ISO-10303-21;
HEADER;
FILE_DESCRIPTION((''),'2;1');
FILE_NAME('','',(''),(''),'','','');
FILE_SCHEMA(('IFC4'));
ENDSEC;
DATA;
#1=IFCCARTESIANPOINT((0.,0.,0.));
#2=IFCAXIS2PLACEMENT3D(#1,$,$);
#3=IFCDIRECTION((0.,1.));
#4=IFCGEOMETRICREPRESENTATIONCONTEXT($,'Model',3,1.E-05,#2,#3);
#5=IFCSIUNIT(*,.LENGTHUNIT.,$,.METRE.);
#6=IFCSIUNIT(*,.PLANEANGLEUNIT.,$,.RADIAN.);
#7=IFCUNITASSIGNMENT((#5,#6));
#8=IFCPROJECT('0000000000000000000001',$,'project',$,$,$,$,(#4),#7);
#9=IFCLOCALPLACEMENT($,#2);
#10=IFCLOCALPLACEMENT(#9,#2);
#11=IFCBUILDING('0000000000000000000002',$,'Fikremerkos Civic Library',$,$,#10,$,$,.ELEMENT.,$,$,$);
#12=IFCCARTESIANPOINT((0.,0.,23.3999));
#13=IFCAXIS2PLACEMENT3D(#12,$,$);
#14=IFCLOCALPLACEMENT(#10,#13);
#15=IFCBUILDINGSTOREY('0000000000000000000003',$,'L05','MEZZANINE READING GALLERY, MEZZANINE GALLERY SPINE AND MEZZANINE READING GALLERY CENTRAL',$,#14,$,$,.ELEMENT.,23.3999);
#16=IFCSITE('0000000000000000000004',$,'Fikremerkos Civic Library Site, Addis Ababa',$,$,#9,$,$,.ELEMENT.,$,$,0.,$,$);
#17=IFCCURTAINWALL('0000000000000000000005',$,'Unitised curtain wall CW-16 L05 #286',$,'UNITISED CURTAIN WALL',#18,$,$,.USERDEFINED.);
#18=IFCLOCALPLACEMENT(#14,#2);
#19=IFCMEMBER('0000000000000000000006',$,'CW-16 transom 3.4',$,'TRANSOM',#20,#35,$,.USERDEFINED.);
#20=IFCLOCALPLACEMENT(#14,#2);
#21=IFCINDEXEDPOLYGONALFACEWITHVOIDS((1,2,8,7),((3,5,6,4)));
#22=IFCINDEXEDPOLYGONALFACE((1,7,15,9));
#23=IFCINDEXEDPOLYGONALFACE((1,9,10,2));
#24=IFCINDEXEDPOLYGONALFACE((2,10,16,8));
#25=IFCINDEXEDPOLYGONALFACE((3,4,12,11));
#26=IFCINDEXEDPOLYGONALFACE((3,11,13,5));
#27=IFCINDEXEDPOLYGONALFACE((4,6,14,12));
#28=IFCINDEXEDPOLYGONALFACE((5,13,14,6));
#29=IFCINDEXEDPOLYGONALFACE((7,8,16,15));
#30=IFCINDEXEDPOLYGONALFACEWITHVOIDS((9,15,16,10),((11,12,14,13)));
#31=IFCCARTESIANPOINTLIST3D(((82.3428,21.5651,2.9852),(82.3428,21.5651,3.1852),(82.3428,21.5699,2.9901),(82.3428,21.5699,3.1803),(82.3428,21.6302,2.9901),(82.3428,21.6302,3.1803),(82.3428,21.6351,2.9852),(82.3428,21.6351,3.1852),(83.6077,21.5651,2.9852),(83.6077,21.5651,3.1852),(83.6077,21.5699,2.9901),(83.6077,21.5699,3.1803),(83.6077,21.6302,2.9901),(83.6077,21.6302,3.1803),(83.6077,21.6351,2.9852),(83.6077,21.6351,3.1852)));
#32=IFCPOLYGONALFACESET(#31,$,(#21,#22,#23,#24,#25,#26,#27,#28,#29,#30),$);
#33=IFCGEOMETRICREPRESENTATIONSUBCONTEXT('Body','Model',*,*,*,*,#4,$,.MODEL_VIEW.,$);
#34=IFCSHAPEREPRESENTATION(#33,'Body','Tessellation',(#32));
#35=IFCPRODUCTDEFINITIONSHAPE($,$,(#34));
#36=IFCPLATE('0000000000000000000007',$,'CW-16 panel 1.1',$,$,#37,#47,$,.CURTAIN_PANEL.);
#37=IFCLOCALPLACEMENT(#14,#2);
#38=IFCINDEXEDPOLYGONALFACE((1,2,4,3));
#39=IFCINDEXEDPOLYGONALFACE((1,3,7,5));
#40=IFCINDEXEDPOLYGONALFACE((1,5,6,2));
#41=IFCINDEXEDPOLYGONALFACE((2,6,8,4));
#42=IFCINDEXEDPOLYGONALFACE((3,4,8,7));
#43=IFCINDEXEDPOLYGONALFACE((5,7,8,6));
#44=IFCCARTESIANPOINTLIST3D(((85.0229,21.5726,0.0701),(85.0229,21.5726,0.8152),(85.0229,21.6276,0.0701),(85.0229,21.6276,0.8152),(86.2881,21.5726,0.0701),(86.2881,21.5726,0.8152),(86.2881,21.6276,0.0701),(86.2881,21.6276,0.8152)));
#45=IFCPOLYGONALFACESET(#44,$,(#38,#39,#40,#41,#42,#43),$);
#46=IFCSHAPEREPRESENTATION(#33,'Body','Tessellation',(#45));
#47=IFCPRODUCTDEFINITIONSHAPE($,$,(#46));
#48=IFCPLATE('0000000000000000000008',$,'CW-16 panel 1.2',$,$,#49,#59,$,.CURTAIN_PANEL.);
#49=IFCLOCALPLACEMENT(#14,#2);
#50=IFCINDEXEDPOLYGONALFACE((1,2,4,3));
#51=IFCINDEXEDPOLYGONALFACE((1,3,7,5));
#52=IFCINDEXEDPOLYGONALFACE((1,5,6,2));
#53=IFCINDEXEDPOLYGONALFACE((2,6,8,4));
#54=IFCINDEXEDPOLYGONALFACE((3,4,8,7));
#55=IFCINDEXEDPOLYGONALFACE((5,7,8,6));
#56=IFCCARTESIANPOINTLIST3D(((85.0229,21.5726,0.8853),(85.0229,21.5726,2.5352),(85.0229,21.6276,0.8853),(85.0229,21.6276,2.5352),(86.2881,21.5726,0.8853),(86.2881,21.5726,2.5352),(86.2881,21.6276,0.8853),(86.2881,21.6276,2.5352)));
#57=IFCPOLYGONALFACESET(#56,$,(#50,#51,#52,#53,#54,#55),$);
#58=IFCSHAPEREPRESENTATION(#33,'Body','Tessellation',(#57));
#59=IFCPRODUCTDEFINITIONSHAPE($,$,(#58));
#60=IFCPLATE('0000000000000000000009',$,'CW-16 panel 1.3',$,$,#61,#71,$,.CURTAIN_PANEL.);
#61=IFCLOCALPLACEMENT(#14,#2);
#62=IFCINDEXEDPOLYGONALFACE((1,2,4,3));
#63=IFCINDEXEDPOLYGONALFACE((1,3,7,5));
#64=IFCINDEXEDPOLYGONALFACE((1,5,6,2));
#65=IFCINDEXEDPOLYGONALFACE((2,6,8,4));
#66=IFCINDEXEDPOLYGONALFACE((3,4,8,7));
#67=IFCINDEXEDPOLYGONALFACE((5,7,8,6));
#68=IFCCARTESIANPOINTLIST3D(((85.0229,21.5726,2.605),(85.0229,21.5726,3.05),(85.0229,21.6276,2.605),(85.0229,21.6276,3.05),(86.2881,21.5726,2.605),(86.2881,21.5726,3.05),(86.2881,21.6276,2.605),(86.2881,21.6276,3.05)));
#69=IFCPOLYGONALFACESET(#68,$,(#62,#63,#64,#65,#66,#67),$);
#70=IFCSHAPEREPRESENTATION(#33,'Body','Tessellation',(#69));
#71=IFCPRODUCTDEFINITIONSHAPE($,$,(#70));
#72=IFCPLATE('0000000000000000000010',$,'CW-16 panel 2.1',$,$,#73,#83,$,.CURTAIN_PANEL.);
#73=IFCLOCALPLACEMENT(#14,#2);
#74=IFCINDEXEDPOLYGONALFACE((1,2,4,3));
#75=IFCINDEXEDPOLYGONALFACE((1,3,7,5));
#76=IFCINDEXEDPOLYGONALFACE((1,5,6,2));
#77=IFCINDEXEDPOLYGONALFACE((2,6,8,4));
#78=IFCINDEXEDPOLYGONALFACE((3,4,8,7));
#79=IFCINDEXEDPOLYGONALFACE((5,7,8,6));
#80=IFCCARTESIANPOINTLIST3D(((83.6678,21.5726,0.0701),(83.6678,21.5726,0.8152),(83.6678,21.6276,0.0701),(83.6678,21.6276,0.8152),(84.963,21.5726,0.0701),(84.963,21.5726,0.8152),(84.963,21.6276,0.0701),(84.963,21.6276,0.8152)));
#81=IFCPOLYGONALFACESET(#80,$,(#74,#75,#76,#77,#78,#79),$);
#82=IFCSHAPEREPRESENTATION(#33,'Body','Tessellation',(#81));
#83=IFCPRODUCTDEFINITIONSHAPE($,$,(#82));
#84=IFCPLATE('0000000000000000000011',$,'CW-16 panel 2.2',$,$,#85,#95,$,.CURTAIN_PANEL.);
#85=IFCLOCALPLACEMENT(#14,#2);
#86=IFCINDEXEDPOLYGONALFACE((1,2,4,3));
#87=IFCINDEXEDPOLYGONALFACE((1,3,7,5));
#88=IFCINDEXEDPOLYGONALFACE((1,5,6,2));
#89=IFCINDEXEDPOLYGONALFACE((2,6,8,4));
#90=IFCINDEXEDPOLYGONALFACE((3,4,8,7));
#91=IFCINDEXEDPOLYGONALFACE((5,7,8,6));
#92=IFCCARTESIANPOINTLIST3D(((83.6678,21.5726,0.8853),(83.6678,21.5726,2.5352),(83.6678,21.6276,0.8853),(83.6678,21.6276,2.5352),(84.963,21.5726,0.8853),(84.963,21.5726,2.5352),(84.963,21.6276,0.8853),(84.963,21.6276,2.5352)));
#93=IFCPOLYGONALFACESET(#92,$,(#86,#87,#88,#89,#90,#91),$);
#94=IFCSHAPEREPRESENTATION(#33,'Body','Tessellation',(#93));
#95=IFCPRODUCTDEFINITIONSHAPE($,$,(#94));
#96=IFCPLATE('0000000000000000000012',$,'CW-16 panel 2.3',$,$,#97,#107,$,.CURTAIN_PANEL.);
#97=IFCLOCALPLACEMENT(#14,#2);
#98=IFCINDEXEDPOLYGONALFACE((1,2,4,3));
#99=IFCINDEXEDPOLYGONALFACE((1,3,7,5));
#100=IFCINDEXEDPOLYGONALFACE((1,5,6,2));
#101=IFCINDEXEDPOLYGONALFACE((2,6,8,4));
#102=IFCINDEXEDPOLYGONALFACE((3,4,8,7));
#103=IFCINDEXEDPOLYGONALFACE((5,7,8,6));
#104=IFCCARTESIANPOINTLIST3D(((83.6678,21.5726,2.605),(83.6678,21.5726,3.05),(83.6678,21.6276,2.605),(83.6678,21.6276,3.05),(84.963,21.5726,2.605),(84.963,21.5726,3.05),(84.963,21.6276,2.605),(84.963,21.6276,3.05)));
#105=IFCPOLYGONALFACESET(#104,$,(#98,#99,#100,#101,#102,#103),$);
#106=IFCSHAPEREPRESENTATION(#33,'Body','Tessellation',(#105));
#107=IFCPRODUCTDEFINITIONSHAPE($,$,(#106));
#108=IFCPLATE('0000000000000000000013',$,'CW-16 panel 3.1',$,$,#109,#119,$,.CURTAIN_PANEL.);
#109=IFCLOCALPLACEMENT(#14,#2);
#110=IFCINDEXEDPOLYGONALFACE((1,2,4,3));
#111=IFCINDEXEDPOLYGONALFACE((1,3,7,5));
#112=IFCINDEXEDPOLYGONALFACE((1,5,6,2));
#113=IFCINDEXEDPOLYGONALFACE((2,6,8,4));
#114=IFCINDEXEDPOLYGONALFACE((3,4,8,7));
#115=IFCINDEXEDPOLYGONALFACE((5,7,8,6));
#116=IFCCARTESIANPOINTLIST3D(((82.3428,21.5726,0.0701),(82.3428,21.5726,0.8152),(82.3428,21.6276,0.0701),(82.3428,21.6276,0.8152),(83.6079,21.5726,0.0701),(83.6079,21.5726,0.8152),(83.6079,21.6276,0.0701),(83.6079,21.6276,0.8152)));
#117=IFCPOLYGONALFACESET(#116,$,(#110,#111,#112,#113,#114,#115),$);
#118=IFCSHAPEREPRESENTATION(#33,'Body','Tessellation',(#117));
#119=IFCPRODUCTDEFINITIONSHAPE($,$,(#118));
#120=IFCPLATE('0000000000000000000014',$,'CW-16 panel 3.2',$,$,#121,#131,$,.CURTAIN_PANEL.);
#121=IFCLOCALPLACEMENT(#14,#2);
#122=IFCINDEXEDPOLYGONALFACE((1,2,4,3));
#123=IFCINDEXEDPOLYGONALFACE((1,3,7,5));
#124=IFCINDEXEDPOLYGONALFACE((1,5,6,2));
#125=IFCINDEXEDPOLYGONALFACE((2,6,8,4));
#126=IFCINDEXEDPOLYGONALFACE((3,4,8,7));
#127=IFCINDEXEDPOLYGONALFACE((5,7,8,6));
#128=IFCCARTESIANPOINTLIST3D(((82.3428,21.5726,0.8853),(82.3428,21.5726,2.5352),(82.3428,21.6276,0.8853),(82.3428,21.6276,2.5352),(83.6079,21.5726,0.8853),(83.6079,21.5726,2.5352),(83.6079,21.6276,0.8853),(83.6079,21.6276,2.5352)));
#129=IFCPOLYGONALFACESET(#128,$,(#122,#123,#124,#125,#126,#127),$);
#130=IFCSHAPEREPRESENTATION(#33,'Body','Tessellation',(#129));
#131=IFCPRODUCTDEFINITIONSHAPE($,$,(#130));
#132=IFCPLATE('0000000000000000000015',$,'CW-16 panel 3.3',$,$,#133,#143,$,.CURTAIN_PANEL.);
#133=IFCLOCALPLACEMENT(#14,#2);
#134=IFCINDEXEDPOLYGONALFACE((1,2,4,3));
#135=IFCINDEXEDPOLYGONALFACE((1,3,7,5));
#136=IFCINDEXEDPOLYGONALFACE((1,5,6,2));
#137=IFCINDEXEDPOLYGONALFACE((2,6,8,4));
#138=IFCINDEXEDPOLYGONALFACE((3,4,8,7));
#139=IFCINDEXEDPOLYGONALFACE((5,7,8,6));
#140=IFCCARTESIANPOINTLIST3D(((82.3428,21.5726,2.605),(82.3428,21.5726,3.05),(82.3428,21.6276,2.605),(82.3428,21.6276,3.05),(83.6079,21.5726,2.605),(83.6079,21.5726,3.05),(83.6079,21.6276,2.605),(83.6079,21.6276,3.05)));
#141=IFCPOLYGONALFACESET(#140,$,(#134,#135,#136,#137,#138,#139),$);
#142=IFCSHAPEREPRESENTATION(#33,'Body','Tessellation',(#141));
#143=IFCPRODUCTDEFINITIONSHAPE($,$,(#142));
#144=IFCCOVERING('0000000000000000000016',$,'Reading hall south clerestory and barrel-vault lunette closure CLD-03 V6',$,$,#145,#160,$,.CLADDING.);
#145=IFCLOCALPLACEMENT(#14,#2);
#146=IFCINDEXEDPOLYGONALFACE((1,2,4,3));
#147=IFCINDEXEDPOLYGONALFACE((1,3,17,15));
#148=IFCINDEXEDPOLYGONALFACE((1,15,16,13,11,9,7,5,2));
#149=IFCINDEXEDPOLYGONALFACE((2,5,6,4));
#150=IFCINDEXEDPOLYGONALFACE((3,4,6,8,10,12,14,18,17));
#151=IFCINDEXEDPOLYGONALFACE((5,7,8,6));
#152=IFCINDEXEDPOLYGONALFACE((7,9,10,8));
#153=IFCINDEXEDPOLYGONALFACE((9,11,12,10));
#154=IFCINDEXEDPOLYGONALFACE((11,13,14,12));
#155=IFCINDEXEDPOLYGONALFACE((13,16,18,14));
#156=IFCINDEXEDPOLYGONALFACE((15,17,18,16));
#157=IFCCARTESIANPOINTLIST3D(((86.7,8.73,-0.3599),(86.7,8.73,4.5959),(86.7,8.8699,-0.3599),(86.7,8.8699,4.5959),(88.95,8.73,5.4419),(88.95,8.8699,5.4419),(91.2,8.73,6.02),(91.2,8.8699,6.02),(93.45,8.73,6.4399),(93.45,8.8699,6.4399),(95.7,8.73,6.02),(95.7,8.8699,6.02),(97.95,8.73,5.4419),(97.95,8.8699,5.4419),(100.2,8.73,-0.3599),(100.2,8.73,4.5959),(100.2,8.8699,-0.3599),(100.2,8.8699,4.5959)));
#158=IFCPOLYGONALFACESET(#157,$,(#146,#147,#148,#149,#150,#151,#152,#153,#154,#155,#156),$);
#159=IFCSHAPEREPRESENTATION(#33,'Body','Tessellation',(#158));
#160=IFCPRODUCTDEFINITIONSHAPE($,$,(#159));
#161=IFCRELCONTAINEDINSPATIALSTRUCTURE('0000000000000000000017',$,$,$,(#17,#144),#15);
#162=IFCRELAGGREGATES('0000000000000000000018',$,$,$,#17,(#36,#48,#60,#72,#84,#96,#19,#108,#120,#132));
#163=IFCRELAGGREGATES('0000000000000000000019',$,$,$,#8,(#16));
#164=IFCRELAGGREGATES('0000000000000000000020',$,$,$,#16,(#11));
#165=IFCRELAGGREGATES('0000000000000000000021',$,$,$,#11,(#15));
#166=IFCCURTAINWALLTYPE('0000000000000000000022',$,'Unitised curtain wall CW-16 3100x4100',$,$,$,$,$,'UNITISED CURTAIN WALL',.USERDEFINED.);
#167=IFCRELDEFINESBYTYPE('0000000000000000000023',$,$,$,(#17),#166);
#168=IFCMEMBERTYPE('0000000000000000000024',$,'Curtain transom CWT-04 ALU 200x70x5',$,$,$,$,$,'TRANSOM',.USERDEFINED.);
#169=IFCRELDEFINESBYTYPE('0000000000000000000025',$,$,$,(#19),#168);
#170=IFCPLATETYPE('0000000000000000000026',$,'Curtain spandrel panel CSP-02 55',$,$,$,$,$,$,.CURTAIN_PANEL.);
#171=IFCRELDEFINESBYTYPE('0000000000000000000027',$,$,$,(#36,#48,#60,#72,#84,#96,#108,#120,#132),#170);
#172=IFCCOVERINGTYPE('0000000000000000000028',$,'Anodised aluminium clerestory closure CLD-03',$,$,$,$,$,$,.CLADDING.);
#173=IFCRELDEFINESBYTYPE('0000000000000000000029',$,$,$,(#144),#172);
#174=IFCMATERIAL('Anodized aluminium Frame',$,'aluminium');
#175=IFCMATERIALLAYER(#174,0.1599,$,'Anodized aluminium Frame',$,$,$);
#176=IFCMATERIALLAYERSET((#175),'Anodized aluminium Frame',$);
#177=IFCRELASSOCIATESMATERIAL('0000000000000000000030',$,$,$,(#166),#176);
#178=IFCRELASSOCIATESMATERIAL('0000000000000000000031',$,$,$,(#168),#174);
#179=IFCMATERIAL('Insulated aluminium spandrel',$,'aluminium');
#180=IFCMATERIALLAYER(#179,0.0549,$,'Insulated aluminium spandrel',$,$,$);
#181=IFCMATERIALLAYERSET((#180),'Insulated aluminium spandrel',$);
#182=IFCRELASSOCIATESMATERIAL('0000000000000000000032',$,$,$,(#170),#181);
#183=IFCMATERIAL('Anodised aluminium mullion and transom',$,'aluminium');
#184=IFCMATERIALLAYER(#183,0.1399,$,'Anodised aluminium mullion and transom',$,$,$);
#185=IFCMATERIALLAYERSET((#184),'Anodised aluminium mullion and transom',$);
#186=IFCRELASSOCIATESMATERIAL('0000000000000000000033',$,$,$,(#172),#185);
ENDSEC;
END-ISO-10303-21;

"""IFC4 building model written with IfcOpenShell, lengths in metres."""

from ifc_helpers import new_model, si_unit, direction, frame, origin, origin_2d, place, context, subcontext, project, spatial, polyline, rectangle, hollow_rectangle, outline, extrude, material, layer, layer_set, material_profile, profile_set, type_object, element, aggregate, save


model = new_model("IFC4")

# Units and contexts
model_context = context("Model", 3, precision=1e-05, world=origin(), true_north=direction((0.0, 1.0)))
body_context = subcontext(model_context, "Body", "Model", "MODEL_VIEW")
ifc_project = project(units=[si_unit("LENGTHUNIT", "METRE"), si_unit("PLANEANGLEUNIT", "RADIAN")], contexts=[model_context])

# Site, building, storey
site_placement = place(None, origin())
site = spatial("IfcSite", under=ifc_project, at=site_placement, Name="Fikremerkos Civic Library Site, Addis Ababa", CompositionType="ELEMENT", RefElevation=0.0)
building_placement = place(site_placement, origin())
building = spatial("IfcBuilding", under=site, at=building_placement, Name="Fikremerkos Civic Library", CompositionType="ELEMENT")
storey_placement = place(building_placement, frame((0.0, 0.0, 23.3999)))
storey = spatial("IfcBuildingStorey", under=building, at=storey_placement, Name="L05", Description="MEZZANINE READING GALLERY, MEZZANINE GALLERY SPINE AND MEZZANINE READING GALLERY CENTRAL", CompositionType="ELEMENT", Elevation=23.3999)

# Curtain wall, member, plates
ifc_material_1 = material(Name="Anodized aluminium Frame", Category="aluminium")
ifc_layer_1 = layer(ifc_material_1, 0.1599, Name="Anodized aluminium Frame")
ifc_layer_set_1 = layer_set([ifc_layer_1], Name="Anodized aluminium Frame")
curtain_wall_type = type_object("IfcCurtainWallType", Name="Unitised curtain wall CW-16 3100x4100", ElementType="UNITISED CURTAIN WALL", PredefinedType="USERDEFINED", material=ifc_layer_set_1)
curtain_wall_placement = place(storey_placement, origin())
curtain_wall = element("IfcCurtainWall", 1, at=curtain_wall_placement, inside=storey, type_object=curtain_wall_type, Name="Unitised curtain wall CW-16 L05 #286", ObjectType="UNITISED CURTAIN WALL", PredefinedType="USERDEFINED")
ifc_material_profile_1 = material_profile(ifc_material_1, hollow_rectangle(XDim=0.0701, YDim=0.2, WallThickness=0.0049, at=origin_2d()), Name="ALU 200x70x5")
ifc_profile_set_1 = profile_set([ifc_material_profile_1], Name="Anodized aluminium Frame")
member_type_1 = type_object("IfcMemberType", Name="Curtain transom CWT-04 ALU 200x70x5", ElementType="TRANSOM", PredefinedType="USERDEFINED", material=ifc_profile_set_1)
member_1_placement = place(storey_placement, frame((83.6077, 21.6001, 3.0852), z_axis=(-1.0, 0.0, 0.0), x_axis=(0.0, -1.0, 0.0)))
member_1 = element("IfcMember", 2, at=member_1_placement, type_object=member_type_1, Name="CW-16 transom 3.4", ObjectType="TRANSOM", PredefinedType="USERDEFINED", context=body_context, shape_type="SweptSolid", body=[
    extrude(hollow_rectangle(XDim=0.0701, YDim=0.2, WallThickness=0.0049, at=origin_2d()), origin(), (0.0, 0.0, 1.0), 1.2649),
])
ifc_material_2 = material(Name="Insulated aluminium spandrel", Category="aluminium")
ifc_layer_2 = layer(ifc_material_2, 0.0549, Name="Insulated aluminium spandrel")
ifc_layer_set_2 = layer_set([ifc_layer_2], Name="Insulated aluminium spandrel")
plate_type = type_object("IfcPlateType", Name="Curtain spandrel panel CSP-02 55", PredefinedType="CURTAIN_PANEL", material=ifc_layer_set_2)
plate_1_placement = place(storey_placement, frame((85.6555, 21.6001, 0.0701), z_axis=(0.0, 0.0, 1.0), x_axis=(-1.0, 0.0, 0.0)))
plate_1 = element("IfcPlate", 3, at=plate_1_placement, type_object=plate_type, Name="CW-16 panel 1.1", PredefinedType="CURTAIN_PANEL", context=body_context, shape_type="SweptSolid", body=[
    extrude(rectangle(XDim=1.2651, YDim=0.0549, at=origin_2d()), origin(), (0.0, 0.0, 1.0), 0.7451),
])
plate_2_placement = place(storey_placement, frame((85.6555, 21.6001, 0.8853), z_axis=(0.0, 0.0, 1.0), x_axis=(-1.0, 0.0, 0.0)))
plate_2 = element("IfcPlate", 4, at=plate_2_placement, type_object=plate_type, Name="CW-16 panel 1.2", PredefinedType="CURTAIN_PANEL", context=body_context, shape_type="SweptSolid", body=[
    extrude(rectangle(XDim=1.2651, YDim=0.0549, at=origin_2d()), origin(), (0.0, 0.0, 1.0), 1.6499),
])
plate_3_placement = place(storey_placement, frame((85.6555, 21.6001, 2.605), z_axis=(0.0, 0.0, 1.0), x_axis=(-1.0, 0.0, 0.0)))
plate_3 = element("IfcPlate", 5, at=plate_3_placement, type_object=plate_type, Name="CW-16 panel 1.3", PredefinedType="CURTAIN_PANEL", context=body_context, shape_type="SweptSolid", body=[
    extrude(rectangle(XDim=1.2651, YDim=0.0549, at=origin_2d()), origin(), (0.0, 0.0, 1.0), 0.4451),
])
plate_4_placement = place(storey_placement, frame((84.3154, 21.6001, 0.0701), z_axis=(0.0, 0.0, 1.0), x_axis=(-1.0, 0.0, 0.0)))
plate_4 = element("IfcPlate", 6, at=plate_4_placement, type_object=plate_type, Name="CW-16 panel 2.1", PredefinedType="CURTAIN_PANEL", context=body_context, shape_type="SweptSolid", body=[
    extrude(rectangle(XDim=1.2952, YDim=0.0549, at=origin_2d()), origin(), (0.0, 0.0, 1.0), 0.7451),
])
plate_5_placement = place(storey_placement, frame((84.3154, 21.6001, 0.8853), z_axis=(0.0, 0.0, 1.0), x_axis=(-1.0, 0.0, 0.0)))
plate_5 = element("IfcPlate", 7, at=plate_5_placement, type_object=plate_type, Name="CW-16 panel 2.2", PredefinedType="CURTAIN_PANEL", context=body_context, shape_type="SweptSolid", body=[
    extrude(rectangle(XDim=1.2952, YDim=0.0549, at=origin_2d()), origin(), (0.0, 0.0, 1.0), 1.6499),
])
plate_6_placement = place(storey_placement, frame((84.3154, 21.6001, 2.605), z_axis=(0.0, 0.0, 1.0), x_axis=(-1.0, 0.0, 0.0)))
plate_6 = element("IfcPlate", 8, at=plate_6_placement, type_object=plate_type, Name="CW-16 panel 2.3", PredefinedType="CURTAIN_PANEL", context=body_context, shape_type="SweptSolid", body=[
    extrude(rectangle(XDim=1.2952, YDim=0.0549, at=origin_2d()), origin(), (0.0, 0.0, 1.0), 0.4451),
])
plate_7_placement = place(storey_placement, frame((82.9753, 21.6001, 0.0701), z_axis=(0.0, 0.0, 1.0), x_axis=(-1.0, 0.0, 0.0)))
plate_7 = element("IfcPlate", 9, at=plate_7_placement, type_object=plate_type, Name="CW-16 panel 3.1", PredefinedType="CURTAIN_PANEL", context=body_context, shape_type="SweptSolid", body=[
    extrude(rectangle(XDim=1.2651, YDim=0.0549, at=origin_2d()), origin(), (0.0, 0.0, 1.0), 0.7451),
])
plate_8_placement = place(storey_placement, frame((82.9753, 21.6001, 0.8853), z_axis=(0.0, 0.0, 1.0), x_axis=(-1.0, 0.0, 0.0)))
plate_8 = element("IfcPlate", 10, at=plate_8_placement, type_object=plate_type, Name="CW-16 panel 3.2", PredefinedType="CURTAIN_PANEL", context=body_context, shape_type="SweptSolid", body=[
    extrude(rectangle(XDim=1.2651, YDim=0.0549, at=origin_2d()), origin(), (0.0, 0.0, 1.0), 1.6499),
])
plate_9_placement = place(storey_placement, frame((82.9753, 21.6001, 2.605), z_axis=(0.0, 0.0, 1.0), x_axis=(-1.0, 0.0, 0.0)))
plate_9 = element("IfcPlate", 11, at=plate_9_placement, type_object=plate_type, Name="CW-16 panel 3.3", PredefinedType="CURTAIN_PANEL", context=body_context, shape_type="SweptSolid", body=[
    extrude(rectangle(XDim=1.2651, YDim=0.0549, at=origin_2d()), origin(), (0.0, 0.0, 1.0), 0.4451),
])
aggregate(curtain_wall, [plate_1, plate_2, plate_3, plate_4, plate_5, plate_6, member_1, plate_7, plate_8, plate_9])

# Covering
ifc_material_3 = material(Name="Anodised aluminium mullion and transom", Category="aluminium")
ifc_layer_3 = layer(ifc_material_3, 0.1399, Name="Anodised aluminium mullion and transom")
ifc_layer_set_3 = layer_set([ifc_layer_3], Name="Anodised aluminium mullion and transom")
covering_type = type_object("IfcCoveringType", Name="Anodised aluminium clerestory closure CLD-03", PredefinedType="CLADDING", material=ifc_layer_set_3)
covering_placement = place(storey_placement, frame((86.7, 8.8, -0.3599), z_axis=(0.0, 0.0, 1.0), x_axis=(1.0, 0.0, 0.0)))
element("IfcCovering", 12, at=covering_placement, inside=storey, type_object=covering_type, Name="Reading hall south clerestory and barrel-vault lunette closure CLD-03 V6", PredefinedType="CLADDING", context=body_context, shape_type="SweptSolid", body=[
    extrude(outline(polyline([(0.0, 0.0), (13.5, 0.0), (13.5, 4.9558), (11.25, 5.8018), (9.0, 6.3799), (6.75, 6.7998), (4.5, 6.3799), (2.25, 5.8018), (0.0, 4.9558), (0.0, 0.0)])), frame((0.0, 0.0698, 0.0), z_axis=(0.0, -1.0, 0.0), x_axis=(1.0, 0.0, 0.0)), (0.0, 0.0, 1.0), 0.1399),
])

save(model, "model.ifc")
